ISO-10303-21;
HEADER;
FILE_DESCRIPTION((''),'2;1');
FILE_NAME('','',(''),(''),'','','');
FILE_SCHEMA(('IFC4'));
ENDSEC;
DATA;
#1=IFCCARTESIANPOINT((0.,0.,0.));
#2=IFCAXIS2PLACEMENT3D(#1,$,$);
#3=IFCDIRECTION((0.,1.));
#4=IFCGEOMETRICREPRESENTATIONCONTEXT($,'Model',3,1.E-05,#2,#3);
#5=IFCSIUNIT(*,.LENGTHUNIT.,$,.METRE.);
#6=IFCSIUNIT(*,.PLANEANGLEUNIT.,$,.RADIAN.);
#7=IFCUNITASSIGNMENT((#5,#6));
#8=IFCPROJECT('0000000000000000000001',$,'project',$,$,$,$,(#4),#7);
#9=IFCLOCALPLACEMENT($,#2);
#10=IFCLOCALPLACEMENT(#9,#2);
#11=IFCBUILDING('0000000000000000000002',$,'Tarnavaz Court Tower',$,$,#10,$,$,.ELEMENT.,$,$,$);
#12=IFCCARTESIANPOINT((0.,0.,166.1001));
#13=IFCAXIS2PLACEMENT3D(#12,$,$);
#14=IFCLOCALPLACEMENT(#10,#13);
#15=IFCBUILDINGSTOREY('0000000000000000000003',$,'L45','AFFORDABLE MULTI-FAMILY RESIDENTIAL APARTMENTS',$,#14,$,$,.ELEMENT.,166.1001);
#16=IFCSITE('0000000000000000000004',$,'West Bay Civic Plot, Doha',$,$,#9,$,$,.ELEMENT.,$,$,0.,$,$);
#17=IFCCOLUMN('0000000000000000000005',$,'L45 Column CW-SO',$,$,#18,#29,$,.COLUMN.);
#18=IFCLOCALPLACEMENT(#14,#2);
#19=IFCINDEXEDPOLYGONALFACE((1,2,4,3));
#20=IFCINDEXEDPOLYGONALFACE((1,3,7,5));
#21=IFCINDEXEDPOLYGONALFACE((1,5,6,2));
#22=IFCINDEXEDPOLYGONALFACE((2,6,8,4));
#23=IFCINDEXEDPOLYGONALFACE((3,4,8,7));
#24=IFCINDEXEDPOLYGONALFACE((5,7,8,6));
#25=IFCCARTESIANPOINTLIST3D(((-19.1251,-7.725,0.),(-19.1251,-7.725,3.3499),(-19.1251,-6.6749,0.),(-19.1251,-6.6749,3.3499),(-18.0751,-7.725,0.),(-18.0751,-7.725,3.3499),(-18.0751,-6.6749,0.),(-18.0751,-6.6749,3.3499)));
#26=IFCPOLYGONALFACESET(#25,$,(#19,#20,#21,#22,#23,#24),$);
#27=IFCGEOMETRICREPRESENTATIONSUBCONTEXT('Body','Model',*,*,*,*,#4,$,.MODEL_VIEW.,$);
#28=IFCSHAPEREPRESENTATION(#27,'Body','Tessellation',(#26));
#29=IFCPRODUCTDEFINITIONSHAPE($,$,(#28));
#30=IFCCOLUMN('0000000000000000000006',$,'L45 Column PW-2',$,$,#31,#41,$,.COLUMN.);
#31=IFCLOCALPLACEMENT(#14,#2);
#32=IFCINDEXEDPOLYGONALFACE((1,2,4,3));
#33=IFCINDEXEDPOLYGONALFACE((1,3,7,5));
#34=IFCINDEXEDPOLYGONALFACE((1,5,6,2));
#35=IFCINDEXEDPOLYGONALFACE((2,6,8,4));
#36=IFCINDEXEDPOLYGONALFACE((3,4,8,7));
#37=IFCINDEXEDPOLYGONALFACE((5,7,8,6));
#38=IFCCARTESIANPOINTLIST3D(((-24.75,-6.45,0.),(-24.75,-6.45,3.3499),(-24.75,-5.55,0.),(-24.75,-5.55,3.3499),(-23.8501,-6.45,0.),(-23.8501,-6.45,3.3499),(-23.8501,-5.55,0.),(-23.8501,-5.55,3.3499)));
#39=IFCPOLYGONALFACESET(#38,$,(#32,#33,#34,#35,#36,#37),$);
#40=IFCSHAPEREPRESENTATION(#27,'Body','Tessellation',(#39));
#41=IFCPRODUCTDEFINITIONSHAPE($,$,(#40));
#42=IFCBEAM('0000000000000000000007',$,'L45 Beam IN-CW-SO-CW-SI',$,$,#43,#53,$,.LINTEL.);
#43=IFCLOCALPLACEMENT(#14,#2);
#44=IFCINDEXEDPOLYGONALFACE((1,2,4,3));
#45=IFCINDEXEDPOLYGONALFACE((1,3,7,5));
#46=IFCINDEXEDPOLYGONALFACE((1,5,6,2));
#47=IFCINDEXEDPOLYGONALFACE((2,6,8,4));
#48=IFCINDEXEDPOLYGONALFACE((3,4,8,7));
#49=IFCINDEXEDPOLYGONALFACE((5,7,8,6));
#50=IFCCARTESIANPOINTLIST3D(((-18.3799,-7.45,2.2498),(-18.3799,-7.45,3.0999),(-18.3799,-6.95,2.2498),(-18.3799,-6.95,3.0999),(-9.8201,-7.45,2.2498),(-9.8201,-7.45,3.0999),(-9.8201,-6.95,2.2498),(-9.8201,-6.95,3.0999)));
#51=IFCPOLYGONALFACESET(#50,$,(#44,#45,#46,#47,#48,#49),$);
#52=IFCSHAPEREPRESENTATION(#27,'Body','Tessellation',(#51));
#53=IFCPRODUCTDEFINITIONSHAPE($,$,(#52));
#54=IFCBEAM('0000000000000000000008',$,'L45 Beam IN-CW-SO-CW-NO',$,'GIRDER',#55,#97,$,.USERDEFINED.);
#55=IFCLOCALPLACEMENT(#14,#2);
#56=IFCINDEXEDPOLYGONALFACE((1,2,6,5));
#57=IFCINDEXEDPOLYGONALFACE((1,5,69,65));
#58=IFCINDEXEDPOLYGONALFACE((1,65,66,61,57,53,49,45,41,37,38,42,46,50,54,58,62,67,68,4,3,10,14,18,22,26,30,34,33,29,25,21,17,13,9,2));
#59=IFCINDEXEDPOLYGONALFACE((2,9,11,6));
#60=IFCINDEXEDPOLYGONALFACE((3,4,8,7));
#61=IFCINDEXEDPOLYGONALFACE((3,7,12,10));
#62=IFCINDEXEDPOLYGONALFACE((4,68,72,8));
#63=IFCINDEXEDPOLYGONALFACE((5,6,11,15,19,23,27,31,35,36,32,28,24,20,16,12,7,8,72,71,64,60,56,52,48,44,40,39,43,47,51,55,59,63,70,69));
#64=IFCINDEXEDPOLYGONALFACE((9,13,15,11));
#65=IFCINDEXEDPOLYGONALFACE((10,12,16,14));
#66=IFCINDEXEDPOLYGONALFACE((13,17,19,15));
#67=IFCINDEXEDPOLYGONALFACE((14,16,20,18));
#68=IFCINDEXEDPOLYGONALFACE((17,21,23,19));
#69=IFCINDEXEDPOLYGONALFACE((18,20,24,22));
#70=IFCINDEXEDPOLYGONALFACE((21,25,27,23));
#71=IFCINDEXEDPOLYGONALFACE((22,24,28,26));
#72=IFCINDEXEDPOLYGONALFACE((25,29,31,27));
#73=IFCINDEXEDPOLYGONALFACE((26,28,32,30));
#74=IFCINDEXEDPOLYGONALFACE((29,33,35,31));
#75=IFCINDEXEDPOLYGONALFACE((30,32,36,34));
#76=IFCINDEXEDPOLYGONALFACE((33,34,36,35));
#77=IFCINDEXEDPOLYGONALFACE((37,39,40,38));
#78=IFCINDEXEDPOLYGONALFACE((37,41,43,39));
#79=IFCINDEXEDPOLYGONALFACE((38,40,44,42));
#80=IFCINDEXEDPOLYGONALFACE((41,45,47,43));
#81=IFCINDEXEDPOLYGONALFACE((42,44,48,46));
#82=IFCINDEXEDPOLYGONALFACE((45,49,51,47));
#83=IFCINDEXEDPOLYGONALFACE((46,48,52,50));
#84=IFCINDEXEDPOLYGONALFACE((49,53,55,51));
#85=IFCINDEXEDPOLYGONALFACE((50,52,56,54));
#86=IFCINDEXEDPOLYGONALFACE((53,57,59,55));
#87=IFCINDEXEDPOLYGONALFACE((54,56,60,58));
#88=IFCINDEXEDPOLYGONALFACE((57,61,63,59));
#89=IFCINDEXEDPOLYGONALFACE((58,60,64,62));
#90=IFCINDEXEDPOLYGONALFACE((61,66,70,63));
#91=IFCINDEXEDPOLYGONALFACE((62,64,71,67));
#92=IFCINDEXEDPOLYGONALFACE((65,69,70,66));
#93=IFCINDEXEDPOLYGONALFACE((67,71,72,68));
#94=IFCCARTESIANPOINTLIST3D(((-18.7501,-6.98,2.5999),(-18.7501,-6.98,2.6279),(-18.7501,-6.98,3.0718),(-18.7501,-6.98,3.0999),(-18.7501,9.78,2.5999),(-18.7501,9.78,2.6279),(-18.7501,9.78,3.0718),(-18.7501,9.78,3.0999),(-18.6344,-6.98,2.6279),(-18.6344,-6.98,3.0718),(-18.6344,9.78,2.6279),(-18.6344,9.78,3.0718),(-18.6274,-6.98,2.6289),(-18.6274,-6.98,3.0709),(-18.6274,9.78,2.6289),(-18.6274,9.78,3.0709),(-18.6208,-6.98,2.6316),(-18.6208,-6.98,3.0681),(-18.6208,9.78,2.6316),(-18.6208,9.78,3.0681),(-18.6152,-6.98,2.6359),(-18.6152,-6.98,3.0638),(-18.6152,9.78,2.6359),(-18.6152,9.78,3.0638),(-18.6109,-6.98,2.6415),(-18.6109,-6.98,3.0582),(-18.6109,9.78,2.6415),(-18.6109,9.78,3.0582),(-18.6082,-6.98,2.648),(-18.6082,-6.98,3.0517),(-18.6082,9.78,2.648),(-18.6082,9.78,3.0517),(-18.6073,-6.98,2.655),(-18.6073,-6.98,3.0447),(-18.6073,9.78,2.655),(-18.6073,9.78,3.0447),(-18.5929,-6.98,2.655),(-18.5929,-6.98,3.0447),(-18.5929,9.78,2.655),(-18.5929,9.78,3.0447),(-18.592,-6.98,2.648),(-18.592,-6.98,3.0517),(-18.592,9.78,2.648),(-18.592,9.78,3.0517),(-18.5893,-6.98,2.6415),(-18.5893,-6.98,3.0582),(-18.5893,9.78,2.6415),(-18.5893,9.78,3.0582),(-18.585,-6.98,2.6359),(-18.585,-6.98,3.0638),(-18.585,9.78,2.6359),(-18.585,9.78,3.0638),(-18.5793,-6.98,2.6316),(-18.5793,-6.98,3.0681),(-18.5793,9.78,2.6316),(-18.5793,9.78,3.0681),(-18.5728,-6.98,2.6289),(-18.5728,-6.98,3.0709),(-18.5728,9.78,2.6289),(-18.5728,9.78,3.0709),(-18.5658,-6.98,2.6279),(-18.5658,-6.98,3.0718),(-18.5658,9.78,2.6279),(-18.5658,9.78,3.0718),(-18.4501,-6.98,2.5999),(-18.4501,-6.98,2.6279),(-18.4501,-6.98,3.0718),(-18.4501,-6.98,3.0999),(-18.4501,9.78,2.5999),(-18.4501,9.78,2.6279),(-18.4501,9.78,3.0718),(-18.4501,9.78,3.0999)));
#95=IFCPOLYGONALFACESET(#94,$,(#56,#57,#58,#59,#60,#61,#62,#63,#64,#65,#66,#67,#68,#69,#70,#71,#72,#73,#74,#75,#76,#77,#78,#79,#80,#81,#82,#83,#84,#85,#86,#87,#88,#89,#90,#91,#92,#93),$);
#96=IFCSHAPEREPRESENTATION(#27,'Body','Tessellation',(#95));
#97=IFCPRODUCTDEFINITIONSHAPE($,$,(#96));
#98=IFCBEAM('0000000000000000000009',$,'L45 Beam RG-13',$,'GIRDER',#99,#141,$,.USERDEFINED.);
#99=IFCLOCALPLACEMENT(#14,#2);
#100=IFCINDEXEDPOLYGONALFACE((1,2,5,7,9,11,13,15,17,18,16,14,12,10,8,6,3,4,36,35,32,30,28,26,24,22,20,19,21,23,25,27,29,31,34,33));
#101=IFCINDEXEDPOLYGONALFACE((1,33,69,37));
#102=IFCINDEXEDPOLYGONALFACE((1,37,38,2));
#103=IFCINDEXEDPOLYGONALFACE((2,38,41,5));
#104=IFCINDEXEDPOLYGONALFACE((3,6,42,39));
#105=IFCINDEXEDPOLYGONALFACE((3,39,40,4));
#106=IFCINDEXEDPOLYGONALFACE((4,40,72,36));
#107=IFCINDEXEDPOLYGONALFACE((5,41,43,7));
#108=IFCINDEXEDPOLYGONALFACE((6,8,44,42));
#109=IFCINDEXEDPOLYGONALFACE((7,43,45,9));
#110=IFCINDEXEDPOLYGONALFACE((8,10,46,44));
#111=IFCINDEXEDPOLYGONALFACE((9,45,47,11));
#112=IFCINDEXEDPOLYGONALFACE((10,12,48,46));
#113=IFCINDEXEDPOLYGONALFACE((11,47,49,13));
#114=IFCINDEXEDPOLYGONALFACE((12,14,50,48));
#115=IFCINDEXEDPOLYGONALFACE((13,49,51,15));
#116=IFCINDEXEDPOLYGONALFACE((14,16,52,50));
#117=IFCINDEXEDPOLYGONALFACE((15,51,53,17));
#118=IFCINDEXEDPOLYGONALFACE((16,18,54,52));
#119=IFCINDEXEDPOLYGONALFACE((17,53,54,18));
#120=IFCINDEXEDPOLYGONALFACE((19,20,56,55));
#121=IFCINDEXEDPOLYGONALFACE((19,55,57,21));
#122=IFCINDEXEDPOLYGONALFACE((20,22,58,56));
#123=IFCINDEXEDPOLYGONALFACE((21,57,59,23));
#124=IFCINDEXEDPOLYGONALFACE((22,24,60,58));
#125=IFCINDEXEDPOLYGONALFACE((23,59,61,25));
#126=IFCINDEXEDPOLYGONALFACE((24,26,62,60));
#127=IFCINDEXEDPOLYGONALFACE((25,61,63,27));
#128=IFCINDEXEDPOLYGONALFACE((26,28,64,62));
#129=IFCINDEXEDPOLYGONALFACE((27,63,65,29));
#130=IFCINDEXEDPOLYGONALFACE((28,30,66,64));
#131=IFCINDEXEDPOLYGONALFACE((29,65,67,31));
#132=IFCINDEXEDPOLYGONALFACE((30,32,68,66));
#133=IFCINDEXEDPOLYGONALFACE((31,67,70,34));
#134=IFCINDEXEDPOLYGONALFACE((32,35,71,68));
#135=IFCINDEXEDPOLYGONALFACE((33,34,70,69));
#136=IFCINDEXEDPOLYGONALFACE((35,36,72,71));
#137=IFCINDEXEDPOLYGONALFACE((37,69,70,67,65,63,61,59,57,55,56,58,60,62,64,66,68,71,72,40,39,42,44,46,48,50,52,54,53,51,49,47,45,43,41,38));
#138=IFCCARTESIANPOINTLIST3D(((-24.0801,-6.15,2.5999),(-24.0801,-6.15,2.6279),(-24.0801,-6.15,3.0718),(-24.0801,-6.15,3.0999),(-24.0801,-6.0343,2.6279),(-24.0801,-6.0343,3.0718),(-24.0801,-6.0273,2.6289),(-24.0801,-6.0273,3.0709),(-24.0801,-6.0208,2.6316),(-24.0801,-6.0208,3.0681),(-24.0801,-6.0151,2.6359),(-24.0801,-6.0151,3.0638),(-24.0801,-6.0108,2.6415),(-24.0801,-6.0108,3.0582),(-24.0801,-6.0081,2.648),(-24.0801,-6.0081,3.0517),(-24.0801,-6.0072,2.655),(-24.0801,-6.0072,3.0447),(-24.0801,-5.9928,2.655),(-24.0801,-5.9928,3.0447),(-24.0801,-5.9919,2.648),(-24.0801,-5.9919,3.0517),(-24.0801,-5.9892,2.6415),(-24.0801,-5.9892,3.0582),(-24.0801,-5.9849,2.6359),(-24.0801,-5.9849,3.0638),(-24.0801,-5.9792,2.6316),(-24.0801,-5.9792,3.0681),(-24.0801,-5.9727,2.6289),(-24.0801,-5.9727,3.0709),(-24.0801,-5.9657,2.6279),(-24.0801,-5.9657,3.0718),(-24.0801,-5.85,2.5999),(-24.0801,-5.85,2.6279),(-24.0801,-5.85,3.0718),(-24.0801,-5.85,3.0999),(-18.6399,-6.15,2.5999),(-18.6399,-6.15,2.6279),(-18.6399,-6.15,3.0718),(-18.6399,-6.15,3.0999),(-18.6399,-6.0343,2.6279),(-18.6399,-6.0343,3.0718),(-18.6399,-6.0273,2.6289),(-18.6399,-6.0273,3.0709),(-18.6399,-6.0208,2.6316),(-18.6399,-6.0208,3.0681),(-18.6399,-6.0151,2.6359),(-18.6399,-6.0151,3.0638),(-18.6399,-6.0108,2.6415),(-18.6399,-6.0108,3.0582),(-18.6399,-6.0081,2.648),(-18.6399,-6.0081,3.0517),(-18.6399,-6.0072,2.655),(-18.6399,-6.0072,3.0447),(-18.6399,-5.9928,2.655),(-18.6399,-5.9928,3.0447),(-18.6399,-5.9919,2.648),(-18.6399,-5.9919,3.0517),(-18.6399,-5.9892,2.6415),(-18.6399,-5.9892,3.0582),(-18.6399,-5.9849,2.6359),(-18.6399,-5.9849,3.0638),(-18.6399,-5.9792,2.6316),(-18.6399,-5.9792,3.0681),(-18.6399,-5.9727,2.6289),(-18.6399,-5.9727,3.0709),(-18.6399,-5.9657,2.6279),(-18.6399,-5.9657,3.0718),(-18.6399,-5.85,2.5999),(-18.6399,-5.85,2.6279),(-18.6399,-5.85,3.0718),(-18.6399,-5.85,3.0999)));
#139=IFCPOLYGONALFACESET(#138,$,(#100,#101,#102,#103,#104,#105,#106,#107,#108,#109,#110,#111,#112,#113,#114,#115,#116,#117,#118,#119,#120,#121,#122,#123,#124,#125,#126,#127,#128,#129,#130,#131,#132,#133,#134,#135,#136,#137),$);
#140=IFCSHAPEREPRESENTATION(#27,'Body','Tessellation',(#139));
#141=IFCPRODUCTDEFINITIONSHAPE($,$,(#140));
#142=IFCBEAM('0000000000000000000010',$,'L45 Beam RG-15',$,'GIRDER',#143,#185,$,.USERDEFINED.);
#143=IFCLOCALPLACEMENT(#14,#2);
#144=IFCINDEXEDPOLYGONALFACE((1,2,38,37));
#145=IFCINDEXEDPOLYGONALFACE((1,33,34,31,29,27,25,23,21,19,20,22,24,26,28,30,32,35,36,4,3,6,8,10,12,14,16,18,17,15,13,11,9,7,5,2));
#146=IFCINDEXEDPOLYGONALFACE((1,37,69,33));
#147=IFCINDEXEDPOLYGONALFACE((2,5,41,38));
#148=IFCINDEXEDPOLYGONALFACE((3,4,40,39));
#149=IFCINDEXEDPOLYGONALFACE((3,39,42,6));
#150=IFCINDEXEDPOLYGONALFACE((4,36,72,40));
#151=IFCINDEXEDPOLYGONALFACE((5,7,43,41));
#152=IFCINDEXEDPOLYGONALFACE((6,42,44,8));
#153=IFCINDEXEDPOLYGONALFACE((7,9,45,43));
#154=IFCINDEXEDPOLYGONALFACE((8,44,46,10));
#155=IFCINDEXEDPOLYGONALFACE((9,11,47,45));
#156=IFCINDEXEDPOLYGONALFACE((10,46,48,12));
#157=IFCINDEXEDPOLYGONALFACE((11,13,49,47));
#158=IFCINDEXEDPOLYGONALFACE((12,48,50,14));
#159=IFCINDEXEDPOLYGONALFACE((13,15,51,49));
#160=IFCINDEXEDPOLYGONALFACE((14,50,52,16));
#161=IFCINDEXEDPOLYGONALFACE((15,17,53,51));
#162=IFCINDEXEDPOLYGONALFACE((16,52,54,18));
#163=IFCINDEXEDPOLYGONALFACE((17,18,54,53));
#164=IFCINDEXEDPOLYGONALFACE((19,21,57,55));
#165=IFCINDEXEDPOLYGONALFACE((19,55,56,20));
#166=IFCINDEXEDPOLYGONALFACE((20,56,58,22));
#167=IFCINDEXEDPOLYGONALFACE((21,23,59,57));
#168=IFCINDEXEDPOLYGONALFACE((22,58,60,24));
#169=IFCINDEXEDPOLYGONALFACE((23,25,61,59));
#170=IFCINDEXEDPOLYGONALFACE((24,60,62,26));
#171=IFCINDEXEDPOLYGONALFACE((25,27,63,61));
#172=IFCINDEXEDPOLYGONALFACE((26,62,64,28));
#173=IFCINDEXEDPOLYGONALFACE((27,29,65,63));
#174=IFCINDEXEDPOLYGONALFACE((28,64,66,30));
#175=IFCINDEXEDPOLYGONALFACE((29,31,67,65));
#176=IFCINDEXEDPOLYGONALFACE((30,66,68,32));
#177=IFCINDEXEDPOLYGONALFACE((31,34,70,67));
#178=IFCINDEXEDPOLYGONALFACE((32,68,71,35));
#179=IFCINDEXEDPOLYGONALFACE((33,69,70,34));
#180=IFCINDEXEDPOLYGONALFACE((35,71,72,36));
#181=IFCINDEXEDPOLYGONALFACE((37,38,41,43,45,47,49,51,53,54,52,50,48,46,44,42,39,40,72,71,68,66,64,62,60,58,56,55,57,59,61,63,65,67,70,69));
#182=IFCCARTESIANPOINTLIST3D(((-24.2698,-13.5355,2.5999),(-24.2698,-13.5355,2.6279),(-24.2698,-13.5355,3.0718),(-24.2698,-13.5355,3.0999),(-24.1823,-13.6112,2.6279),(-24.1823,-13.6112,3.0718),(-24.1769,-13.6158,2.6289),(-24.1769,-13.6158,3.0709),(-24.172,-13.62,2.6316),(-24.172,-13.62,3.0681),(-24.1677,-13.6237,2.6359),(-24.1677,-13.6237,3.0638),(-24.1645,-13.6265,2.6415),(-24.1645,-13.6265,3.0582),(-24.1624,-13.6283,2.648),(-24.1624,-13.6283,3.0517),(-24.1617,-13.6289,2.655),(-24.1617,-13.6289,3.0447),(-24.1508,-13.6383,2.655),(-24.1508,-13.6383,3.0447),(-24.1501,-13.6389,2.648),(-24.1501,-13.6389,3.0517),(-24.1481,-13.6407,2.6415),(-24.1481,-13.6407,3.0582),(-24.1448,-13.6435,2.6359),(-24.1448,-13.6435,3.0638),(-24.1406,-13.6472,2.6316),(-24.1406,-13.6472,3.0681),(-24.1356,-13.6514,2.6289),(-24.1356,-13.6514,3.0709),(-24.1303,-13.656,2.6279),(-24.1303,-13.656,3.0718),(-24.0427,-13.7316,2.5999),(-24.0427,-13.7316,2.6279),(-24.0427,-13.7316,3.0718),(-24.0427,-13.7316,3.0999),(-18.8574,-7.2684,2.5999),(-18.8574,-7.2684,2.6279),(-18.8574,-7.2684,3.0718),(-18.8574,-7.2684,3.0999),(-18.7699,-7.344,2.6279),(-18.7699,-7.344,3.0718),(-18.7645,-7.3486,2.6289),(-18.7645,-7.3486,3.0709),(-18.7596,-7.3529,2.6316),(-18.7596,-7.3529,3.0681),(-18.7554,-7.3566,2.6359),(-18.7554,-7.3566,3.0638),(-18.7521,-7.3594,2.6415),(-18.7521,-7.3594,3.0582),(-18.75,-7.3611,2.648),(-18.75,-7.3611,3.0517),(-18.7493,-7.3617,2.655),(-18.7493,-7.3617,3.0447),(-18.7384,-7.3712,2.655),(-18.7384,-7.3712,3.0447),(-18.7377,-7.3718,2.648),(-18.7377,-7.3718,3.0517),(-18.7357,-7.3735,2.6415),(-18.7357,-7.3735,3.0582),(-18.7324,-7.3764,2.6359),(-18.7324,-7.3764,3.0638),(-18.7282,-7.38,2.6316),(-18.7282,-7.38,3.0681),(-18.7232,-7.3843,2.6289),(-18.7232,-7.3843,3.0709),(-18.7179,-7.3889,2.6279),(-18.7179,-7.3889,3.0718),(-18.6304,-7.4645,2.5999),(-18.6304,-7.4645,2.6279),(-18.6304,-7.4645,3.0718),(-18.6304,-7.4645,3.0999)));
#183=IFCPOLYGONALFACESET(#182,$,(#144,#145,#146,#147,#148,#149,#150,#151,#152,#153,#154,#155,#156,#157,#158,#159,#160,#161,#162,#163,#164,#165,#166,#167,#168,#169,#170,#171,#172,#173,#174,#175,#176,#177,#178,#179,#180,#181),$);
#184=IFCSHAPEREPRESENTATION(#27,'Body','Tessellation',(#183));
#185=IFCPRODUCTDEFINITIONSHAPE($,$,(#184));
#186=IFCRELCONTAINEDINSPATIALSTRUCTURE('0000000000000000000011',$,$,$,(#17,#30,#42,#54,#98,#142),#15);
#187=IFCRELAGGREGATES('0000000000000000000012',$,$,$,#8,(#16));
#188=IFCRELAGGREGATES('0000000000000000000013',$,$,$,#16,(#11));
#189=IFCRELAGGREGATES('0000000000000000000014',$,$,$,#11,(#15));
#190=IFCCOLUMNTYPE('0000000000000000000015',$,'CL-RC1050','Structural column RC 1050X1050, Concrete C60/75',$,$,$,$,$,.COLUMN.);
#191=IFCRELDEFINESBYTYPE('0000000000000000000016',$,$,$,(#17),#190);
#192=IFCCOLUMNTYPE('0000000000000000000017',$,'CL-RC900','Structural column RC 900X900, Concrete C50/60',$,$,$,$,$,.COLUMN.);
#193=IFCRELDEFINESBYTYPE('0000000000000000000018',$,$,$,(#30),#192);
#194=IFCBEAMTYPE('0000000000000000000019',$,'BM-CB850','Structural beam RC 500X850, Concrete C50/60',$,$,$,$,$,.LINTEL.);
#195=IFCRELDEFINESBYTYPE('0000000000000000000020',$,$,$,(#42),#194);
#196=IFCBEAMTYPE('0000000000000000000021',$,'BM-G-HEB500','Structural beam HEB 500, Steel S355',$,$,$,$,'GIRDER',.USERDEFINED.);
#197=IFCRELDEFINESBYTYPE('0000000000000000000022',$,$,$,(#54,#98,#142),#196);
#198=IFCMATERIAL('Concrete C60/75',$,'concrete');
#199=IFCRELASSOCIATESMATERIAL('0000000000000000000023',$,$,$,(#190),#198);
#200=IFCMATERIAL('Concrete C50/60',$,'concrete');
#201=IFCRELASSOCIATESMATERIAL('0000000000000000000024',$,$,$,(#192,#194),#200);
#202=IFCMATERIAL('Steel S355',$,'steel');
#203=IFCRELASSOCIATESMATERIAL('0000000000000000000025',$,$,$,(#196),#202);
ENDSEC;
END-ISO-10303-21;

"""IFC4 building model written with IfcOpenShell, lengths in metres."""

from ifc_helpers import new_model, si_unit, direction, frame, origin, origin_2d, place, context, subcontext, project, spatial, rectangle, i_section, extrude, material, material_profile, profile_set, type_object, element, save


model = new_model("IFC4")

# Units and contexts
model_context = context("Model", 3, precision=1e-05, world=origin(), true_north=direction((0.0, 1.0)))
body_context = subcontext(model_context, "Body", "Model", "MODEL_VIEW")
ifc_project = project(units=[si_unit("LENGTHUNIT", "METRE"), si_unit("PLANEANGLEUNIT", "RADIAN")], contexts=[model_context])

# Site, building, storey
site_placement = place(None, origin())
site = spatial("IfcSite", under=ifc_project, at=site_placement, Name="West Bay Civic Plot, Doha", CompositionType="ELEMENT", RefElevation=0.0)
building_placement = place(site_placement, origin())
building = spatial("IfcBuilding", under=site, at=building_placement, Name="Tarnavaz Court Tower", CompositionType="ELEMENT")
storey_placement = place(building_placement, frame((0.0, 0.0, 166.1001)))
storey = spatial("IfcBuildingStorey", under=building, at=storey_placement, Name="L45", Description="AFFORDABLE MULTI-FAMILY RESIDENTIAL APARTMENTS", CompositionType="ELEMENT", Elevation=166.1001)

# Columns
ifc_material_1 = material(Name="Concrete C60/75", Category="concrete")
ifc_material_profile_1 = material_profile(ifc_material_1, rectangle(XDim=1.05, YDim=1.05, at=origin_2d()), Name="RC 1050X1050")
ifc_profile_set_1 = profile_set([ifc_material_profile_1], Name="Concrete C60/75")
column_type_1 = type_object("IfcColumnType", Name="CL-RC1050", Description="Structural column RC 1050X1050, Concrete C60/75", PredefinedType="COLUMN", material=ifc_profile_set_1)
column_1_placement = place(storey_placement, frame((-18.6001, -7.2, 0.0), z_axis=(0.0, 0.0, 1.0), x_axis=(1.0, 0.0, 0.0)))
element("IfcColumn", 1, at=column_1_placement, inside=storey, type_object=column_type_1, Name="L45 Column CW-SO", PredefinedType="COLUMN", context=body_context, shape_type="SweptSolid", body=[
    extrude(rectangle(XDim=1.05, YDim=1.05, at=origin_2d()), origin(), (0.0, 0.0, 1.0), 3.3499),
])
ifc_material_2 = material(Name="Concrete C50/60", Category="concrete")
ifc_material_profile_2 = material_profile(ifc_material_2, rectangle(XDim=0.8999, YDim=0.8999, at=origin_2d()), Name="RC 900X900")
ifc_profile_set_2 = profile_set([ifc_material_profile_2], Name="Concrete C50/60")
column_type_2 = type_object("IfcColumnType", Name="CL-RC900", Description="Structural column RC 900X900, Concrete C50/60", PredefinedType="COLUMN", material=ifc_profile_set_2)
column_2_placement = place(storey_placement, frame((-24.3, -6.0, 0.0), z_axis=(0.0, 0.0, 1.0), x_axis=(1.0, 0.0, 0.0)))
element("IfcColumn", 2, at=column_2_placement, inside=storey, type_object=column_type_2, Name="L45 Column PW-2", PredefinedType="COLUMN", context=body_context, shape_type="SweptSolid", body=[
    extrude(rectangle(XDim=0.8999, YDim=0.8999, at=origin_2d()), origin(), (0.0, 0.0, 1.0), 3.3499),
])

# Beams
ifc_material_profile_3 = material_profile(ifc_material_2, rectangle(XDim=0.5, YDim=0.8501, at=origin_2d()), Name="RC 500X850")
ifc_profile_set_3 = profile_set([ifc_material_profile_3], Name="Concrete C50/60")
beam_type_1 = type_object("IfcBeamType", Name="BM-CB850", Description="Structural beam RC 500X850, Concrete C50/60", PredefinedType="LINTEL", material=ifc_profile_set_3)
beam_1_placement = place(storey_placement, frame((-18.3799, -7.2, 2.6748), z_axis=(1.0, 0.0, 0.0), x_axis=(0.0, 1.0, 0.0)))
element("IfcBeam", 3, at=beam_1_placement, inside=storey, type_object=beam_type_1, Name="L45 Beam IN-CW-SO-CW-SI", PredefinedType="LINTEL", context=body_context, shape_type="SweptSolid", body=[
    extrude(rectangle(XDim=0.5, YDim=0.8501, at=origin_2d()), origin(), (0.0, 0.0, 1.0), 8.5598),
])
ifc_material_3 = material(Name="Steel S355", Category="steel")
ifc_material_profile_4 = material_profile(ifc_material_3, i_section(OverallWidth=0.3, OverallDepth=0.5, WebThickness=0.0144, FlangeThickness=0.0281, FilletRadius=0.0271, at=origin_2d()), Name="HEB 500")
ifc_profile_set_4 = profile_set([ifc_material_profile_4], Name="Steel S355")
beam_type_2 = type_object("IfcBeamType", Name="BM-G-HEB500", Description="Structural beam HEB 500, Steel S355", ElementType="GIRDER", PredefinedType="USERDEFINED", material=ifc_profile_set_4)
beam_2_placement = place(storey_placement, frame((-18.6001, -6.98, 2.8499), z_axis=(0.0, 1.0, 0.0), x_axis=(-1.0, 0.0, 0.0)))
element("IfcBeam", 4, at=beam_2_placement, inside=storey, type_object=beam_type_2, Name="L45 Beam IN-CW-SO-CW-NO", ObjectType="GIRDER", PredefinedType="USERDEFINED", context=body_context, shape_type="SweptSolid", body=[
    extrude(i_section(OverallWidth=0.3, OverallDepth=0.5, WebThickness=0.0144, FlangeThickness=0.0281, FilletRadius=0.0271, at=origin_2d()), origin(), (0.0, 0.0, 1.0), 16.76),
])
beam_3_placement = place(storey_placement, frame((-18.6399, -6.0, 2.8499), z_axis=(-1.0, 0.0, 0.0), x_axis=(0.0, -1.0, 0.0)))
element("IfcBeam", 5, at=beam_3_placement, inside=storey, type_object=beam_type_2, Name="L45 Beam RG-13", ObjectType="GIRDER", PredefinedType="USERDEFINED", context=body_context, shape_type="SweptSolid", body=[
    extrude(i_section(OverallWidth=0.3, OverallDepth=0.5, WebThickness=0.0144, FlangeThickness=0.0281, FilletRadius=0.0271, at=origin_2d()), origin(), (0.0, 0.0, 1.0), 5.4402),
])
beam_4_placement = place(storey_placement, frame((-18.7439, -7.3665, 2.8499), z_axis=(-0.653611, -0.756831, 0.0), x_axis=(0.756831, -0.653611, 0.0)))
element("IfcBeam", 6, at=beam_4_placement, inside=storey, type_object=beam_type_2, Name="L45 Beam RG-15", ObjectType="GIRDER", PredefinedType="USERDEFINED", context=body_context, shape_type="SweptSolid", body=[
    extrude(i_section(OverallWidth=0.3, OverallDepth=0.5, WebThickness=0.0144, FlangeThickness=0.0281, FilletRadius=0.0271, at=origin_2d()), origin(), (0.0, 0.0, 1.0), 8.2808),
])

save(model, "model.ifc")
